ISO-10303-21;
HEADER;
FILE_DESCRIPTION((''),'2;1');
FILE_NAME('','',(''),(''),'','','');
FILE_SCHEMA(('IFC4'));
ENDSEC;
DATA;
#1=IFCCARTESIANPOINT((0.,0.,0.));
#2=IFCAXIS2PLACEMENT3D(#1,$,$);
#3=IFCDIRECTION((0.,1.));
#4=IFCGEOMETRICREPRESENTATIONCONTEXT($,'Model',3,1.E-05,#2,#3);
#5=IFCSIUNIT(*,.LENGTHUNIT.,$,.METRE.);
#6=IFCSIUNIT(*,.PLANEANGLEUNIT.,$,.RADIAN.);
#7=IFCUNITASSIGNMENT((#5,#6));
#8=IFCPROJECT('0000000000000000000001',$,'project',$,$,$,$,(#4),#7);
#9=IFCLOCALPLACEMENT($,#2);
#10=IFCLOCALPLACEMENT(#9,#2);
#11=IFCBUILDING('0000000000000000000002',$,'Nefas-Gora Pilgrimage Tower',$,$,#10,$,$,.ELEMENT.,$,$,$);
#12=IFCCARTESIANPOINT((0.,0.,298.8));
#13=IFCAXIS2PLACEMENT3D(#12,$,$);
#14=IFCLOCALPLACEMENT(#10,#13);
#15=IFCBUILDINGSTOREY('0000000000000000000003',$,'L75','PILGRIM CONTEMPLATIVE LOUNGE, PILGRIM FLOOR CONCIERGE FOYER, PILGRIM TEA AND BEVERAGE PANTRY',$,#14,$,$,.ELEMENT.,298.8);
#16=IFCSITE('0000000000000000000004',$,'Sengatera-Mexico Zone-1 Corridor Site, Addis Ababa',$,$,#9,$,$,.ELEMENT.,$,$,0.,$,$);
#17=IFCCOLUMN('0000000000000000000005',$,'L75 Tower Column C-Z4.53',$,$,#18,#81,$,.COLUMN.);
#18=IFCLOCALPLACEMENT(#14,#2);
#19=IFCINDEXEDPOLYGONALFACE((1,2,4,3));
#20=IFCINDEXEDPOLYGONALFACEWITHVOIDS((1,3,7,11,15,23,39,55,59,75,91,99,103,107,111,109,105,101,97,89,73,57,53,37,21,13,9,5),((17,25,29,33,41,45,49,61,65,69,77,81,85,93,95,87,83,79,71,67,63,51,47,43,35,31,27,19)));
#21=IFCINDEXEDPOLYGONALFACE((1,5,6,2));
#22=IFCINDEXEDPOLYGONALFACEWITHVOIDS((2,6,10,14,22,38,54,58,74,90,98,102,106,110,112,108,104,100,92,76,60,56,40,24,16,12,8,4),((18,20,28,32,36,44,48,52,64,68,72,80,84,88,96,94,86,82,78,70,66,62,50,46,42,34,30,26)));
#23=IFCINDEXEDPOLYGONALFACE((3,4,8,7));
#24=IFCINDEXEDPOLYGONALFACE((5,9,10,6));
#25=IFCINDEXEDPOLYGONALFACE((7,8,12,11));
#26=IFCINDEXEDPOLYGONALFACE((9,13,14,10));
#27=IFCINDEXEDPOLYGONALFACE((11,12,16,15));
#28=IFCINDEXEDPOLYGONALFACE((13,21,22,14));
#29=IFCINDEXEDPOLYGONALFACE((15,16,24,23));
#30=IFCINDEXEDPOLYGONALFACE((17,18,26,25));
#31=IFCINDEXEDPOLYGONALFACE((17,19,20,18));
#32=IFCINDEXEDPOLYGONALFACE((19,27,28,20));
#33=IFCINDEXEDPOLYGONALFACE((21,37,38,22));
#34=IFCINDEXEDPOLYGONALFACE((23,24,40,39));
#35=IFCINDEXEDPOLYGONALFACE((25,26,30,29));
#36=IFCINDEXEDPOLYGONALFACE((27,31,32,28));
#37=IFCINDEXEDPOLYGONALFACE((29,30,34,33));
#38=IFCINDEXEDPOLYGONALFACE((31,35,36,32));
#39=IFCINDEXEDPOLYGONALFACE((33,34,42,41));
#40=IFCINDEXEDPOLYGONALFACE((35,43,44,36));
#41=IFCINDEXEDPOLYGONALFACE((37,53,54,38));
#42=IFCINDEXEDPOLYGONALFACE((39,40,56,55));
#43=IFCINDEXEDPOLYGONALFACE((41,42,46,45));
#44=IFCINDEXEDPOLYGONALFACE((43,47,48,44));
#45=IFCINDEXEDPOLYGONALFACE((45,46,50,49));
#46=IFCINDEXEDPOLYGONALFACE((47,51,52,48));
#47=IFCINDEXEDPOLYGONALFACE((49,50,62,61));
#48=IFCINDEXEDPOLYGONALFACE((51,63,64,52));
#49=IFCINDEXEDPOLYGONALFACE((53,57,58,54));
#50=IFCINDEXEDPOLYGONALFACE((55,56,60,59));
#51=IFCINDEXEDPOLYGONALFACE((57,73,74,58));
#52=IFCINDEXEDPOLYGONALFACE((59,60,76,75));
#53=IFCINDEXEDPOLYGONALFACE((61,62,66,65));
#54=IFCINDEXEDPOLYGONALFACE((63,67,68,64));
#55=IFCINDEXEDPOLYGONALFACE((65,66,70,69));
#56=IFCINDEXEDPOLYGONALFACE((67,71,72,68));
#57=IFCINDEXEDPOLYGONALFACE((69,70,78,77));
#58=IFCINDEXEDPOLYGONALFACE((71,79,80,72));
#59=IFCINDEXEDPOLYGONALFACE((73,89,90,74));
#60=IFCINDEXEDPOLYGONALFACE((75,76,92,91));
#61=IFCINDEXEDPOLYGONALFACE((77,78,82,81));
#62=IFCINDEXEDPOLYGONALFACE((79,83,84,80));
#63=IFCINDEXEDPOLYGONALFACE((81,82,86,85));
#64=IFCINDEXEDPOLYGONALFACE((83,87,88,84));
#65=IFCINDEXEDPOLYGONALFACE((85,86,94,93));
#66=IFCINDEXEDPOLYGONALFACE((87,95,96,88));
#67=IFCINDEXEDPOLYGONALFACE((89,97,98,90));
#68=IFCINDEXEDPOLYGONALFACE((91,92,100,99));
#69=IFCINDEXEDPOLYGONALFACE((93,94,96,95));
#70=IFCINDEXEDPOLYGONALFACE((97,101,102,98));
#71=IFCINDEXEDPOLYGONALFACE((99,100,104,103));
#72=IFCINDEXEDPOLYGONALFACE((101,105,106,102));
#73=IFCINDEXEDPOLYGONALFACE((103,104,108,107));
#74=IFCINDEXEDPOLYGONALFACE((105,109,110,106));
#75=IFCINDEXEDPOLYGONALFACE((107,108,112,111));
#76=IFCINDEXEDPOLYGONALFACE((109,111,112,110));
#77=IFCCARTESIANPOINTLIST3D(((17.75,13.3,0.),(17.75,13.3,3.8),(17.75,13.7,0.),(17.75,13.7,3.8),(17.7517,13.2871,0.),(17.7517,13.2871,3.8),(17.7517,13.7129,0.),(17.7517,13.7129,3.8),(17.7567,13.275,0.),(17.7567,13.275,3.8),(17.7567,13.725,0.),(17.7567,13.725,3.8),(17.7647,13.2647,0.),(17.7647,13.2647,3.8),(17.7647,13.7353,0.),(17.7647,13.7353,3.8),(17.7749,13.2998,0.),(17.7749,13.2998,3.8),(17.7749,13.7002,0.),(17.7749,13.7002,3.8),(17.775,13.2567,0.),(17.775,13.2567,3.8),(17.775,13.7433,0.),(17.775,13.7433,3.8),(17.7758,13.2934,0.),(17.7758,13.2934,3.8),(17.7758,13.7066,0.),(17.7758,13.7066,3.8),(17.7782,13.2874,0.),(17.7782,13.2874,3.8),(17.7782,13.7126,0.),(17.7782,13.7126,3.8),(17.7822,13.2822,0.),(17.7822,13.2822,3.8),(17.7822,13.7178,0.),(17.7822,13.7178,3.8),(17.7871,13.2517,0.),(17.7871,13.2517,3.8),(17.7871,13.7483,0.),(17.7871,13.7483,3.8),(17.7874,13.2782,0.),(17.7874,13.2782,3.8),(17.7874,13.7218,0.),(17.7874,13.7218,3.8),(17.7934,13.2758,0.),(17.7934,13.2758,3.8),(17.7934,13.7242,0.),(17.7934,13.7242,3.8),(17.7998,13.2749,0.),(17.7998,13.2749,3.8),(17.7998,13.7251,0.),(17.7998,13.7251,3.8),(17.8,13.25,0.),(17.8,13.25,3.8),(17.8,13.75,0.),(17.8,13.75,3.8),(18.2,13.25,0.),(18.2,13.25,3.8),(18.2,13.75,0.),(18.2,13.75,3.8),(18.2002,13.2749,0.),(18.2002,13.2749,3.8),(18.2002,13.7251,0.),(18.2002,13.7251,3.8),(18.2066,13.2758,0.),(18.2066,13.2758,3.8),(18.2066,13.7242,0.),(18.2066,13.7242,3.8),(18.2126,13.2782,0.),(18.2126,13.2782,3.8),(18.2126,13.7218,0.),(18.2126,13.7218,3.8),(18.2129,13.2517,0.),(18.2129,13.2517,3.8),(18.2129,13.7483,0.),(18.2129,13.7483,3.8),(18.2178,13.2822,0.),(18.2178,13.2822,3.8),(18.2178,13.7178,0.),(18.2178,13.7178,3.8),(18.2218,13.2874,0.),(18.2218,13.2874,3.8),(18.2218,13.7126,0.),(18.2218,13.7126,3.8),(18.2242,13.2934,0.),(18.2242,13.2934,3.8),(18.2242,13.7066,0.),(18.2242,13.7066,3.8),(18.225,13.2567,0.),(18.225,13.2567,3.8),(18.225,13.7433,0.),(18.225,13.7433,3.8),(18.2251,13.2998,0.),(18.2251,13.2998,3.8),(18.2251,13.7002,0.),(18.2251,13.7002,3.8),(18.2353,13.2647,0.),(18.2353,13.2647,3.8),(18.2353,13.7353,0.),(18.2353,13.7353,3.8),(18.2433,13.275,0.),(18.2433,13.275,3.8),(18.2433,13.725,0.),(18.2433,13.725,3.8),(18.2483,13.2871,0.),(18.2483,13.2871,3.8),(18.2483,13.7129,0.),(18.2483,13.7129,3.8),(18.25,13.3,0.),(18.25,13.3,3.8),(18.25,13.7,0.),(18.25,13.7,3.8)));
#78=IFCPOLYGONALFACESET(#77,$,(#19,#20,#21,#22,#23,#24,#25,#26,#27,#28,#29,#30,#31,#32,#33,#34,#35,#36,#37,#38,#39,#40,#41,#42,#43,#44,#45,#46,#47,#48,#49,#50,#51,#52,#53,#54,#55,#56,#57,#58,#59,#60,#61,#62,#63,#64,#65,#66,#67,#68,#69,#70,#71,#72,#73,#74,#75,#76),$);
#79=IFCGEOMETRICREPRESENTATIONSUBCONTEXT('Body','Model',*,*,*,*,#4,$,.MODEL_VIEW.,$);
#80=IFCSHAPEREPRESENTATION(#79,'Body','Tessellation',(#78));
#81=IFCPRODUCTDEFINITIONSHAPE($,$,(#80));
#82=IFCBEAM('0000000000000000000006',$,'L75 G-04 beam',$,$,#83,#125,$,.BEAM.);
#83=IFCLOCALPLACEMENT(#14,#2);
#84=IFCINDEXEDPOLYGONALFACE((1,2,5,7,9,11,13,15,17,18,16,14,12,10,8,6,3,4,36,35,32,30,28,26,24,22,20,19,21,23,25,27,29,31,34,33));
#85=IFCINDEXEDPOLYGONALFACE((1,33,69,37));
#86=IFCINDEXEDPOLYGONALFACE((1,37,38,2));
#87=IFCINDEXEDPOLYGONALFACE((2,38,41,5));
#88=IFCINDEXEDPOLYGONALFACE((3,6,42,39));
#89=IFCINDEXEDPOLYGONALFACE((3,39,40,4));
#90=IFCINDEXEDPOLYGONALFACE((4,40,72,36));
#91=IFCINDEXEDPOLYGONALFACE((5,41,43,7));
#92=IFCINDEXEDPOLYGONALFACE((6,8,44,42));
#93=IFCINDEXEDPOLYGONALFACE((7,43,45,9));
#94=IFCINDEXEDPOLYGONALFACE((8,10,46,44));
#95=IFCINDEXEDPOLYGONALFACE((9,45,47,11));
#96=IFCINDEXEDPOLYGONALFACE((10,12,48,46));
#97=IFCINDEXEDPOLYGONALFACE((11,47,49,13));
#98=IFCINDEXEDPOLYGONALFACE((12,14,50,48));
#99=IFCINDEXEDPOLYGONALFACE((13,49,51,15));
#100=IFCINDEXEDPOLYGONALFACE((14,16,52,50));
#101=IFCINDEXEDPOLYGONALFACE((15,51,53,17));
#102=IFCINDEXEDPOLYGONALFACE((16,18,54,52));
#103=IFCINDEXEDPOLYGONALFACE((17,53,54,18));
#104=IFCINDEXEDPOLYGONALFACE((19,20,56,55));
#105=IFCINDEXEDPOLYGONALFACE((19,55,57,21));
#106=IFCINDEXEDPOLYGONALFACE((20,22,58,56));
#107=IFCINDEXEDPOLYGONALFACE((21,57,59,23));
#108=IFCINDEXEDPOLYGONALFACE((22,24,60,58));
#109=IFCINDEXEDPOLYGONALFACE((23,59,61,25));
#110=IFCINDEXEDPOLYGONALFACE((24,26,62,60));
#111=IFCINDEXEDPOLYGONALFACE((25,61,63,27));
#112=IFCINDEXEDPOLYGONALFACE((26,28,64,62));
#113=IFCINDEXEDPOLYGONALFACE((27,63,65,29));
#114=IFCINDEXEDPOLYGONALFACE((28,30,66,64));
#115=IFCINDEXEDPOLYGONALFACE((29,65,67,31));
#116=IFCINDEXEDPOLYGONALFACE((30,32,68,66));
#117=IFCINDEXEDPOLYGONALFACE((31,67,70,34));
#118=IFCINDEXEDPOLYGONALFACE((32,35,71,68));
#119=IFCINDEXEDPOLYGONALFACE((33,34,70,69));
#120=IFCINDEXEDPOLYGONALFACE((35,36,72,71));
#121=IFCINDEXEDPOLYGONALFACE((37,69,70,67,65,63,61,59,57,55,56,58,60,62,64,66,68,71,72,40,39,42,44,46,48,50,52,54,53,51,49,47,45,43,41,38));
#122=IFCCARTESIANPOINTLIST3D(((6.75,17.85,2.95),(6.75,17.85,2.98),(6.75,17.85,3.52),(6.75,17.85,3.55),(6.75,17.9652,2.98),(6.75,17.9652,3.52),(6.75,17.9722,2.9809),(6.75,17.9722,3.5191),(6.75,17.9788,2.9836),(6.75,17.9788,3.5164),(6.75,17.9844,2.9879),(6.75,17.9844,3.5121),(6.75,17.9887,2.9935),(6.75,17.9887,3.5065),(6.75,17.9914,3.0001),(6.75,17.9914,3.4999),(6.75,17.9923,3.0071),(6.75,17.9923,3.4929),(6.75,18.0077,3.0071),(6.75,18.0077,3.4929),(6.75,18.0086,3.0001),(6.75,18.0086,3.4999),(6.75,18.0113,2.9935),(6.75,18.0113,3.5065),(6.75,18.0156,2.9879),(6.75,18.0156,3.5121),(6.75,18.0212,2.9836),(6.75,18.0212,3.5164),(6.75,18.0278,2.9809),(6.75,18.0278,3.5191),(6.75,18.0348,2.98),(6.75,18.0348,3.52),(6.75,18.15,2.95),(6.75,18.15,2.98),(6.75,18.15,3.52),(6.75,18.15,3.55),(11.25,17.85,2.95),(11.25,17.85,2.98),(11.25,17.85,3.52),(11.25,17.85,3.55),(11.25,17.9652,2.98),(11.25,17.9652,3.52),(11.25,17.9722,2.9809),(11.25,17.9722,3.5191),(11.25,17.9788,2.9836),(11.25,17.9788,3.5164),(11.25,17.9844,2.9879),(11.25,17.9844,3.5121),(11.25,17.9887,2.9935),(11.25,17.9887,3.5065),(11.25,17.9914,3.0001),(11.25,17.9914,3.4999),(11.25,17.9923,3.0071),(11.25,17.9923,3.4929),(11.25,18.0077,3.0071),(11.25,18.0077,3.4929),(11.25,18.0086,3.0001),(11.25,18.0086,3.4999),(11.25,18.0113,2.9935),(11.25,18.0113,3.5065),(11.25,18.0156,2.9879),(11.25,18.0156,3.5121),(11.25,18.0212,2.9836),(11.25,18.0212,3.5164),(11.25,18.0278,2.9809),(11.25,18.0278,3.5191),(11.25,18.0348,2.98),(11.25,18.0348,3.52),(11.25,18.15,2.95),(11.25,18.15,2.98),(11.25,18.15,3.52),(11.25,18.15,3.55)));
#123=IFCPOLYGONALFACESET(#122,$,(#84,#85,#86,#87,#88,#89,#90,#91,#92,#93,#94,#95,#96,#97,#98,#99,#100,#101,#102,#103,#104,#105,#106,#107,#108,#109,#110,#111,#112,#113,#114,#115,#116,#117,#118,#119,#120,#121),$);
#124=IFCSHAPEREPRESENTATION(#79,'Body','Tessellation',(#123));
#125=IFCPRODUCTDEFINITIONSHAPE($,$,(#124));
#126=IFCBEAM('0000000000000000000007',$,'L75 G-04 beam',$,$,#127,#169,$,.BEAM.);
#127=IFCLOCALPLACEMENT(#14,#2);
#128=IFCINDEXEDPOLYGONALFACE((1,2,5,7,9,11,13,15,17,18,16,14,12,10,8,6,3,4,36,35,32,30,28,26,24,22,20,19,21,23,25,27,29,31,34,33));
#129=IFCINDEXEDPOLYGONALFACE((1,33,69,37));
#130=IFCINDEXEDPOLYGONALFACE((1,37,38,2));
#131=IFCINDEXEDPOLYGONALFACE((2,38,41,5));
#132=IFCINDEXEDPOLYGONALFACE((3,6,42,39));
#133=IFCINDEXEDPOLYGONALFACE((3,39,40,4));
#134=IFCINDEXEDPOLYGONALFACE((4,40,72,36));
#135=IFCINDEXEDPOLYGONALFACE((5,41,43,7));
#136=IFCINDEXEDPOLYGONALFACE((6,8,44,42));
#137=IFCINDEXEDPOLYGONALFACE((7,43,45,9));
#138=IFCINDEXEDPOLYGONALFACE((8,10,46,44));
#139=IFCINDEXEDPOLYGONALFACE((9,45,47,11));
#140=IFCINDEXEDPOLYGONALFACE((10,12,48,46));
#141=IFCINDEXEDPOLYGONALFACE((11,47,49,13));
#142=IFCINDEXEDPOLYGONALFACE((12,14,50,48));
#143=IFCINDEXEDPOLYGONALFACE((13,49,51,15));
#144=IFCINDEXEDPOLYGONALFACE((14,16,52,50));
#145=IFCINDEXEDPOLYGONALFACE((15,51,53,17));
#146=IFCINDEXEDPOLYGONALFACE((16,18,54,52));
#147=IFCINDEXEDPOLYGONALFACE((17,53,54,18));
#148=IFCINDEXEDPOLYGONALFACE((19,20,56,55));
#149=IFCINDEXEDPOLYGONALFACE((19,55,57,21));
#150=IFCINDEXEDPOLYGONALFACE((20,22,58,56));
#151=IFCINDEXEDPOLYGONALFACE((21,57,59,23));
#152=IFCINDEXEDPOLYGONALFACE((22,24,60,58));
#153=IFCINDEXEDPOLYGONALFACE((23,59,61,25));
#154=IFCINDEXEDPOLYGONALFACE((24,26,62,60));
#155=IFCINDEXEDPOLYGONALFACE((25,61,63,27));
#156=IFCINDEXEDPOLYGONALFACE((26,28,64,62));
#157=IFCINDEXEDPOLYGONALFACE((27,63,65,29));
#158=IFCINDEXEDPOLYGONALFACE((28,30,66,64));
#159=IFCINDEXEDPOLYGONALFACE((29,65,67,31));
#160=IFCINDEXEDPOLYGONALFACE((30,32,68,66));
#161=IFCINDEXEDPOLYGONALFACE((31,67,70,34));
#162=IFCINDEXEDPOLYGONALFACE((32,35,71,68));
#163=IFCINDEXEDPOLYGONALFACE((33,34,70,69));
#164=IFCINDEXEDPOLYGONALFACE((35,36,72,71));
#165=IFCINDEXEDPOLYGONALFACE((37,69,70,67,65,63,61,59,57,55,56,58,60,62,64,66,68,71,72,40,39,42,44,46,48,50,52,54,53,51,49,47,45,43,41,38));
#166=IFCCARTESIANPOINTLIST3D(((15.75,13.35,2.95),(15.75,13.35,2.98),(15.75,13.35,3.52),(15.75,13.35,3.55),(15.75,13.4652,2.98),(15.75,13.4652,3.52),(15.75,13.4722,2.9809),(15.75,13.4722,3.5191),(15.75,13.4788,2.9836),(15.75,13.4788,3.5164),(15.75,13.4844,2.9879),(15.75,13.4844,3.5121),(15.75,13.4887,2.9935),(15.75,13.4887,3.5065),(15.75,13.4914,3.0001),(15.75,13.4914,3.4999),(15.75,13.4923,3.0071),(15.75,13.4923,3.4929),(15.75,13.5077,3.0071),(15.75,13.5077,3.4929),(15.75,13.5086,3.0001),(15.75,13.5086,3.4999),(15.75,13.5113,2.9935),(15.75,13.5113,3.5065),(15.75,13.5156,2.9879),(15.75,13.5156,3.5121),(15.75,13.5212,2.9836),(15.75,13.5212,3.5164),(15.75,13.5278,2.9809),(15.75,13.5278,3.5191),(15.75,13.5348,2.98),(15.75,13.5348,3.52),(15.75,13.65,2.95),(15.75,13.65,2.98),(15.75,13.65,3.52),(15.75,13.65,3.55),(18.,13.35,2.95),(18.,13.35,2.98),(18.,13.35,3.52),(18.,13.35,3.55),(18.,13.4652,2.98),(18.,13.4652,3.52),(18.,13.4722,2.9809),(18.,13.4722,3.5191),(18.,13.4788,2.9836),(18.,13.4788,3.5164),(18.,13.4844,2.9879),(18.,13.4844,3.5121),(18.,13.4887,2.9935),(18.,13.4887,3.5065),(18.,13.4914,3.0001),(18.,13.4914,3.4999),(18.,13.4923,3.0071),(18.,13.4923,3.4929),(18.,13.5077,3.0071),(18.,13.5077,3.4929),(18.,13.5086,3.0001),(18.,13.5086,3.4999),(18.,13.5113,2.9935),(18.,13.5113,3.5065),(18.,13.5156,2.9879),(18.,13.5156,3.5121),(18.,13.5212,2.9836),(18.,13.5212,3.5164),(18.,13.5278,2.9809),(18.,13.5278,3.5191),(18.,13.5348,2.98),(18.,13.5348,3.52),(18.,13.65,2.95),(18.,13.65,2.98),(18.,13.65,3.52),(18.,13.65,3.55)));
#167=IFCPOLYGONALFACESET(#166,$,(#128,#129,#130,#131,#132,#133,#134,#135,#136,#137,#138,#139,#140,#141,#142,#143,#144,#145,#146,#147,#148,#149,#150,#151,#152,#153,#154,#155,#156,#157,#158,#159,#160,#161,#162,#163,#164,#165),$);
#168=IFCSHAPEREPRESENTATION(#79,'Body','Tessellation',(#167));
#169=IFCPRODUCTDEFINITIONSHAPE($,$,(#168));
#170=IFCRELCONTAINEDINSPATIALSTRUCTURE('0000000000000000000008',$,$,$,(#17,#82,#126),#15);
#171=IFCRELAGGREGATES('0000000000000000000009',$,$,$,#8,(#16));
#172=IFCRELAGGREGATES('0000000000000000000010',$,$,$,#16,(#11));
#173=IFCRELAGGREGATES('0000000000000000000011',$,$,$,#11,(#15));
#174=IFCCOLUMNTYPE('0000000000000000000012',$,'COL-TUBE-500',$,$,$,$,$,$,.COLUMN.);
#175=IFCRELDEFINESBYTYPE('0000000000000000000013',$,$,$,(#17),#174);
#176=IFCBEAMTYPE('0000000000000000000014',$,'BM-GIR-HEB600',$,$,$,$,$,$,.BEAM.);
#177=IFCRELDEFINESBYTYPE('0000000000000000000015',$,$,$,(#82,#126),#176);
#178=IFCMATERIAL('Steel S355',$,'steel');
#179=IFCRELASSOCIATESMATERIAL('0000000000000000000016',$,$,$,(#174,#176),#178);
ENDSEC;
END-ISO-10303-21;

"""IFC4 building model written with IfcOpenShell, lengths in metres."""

from ifc_helpers import new_model, si_unit, direction, frame, origin, origin_2d, place, context, subcontext, project, spatial, hollow_rectangle, i_section, extrude, source, transform, mapped, material, material_profile, profile_set, type_object, element, save


model = new_model("IFC4")

# Units and contexts
model_context = context("Model", 3, precision=1e-05, world=origin(), true_north=direction((0.0, 1.0)))
body_context = subcontext(model_context, "Body", "Model", "MODEL_VIEW")
ifc_project = project(units=[si_unit("LENGTHUNIT", "METRE"), si_unit("PLANEANGLEUNIT", "RADIAN")], contexts=[model_context])

# Site, building, storey
site_placement = place(None, origin())
site = spatial("IfcSite", under=ifc_project, at=site_placement, Name="Sengatera-Mexico Zone-1 Corridor Site, Addis Ababa", CompositionType="ELEMENT", RefElevation=0.0)
building_placement = place(site_placement, origin())
building = spatial("IfcBuilding", under=site, at=building_placement, Name="Nefas-Gora Pilgrimage Tower", CompositionType="ELEMENT")
storey_placement = place(building_placement, frame((0.0, 0.0, 298.8)))
storey = spatial("IfcBuildingStorey", under=building, at=storey_placement, Name="L75", Description="PILGRIM CONTEMPLATIVE LOUNGE, PILGRIM FLOOR CONCIERGE FOYER, PILGRIM TEA AND BEVERAGE PANTRY", CompositionType="ELEMENT", Elevation=298.8)

# Column
ifc_material_1 = material(Name="Steel S355", Category="steel")
ifc_material_profile_1 = material_profile(ifc_material_1, hollow_rectangle(XDim=0.5, YDim=0.5, WallThickness=0.0249, InnerFilletRadius=0.0249, OuterFilletRadius=0.05, at=origin_2d()), Name="SHS 500x500x25")
ifc_profile_set_1 = profile_set([ifc_material_profile_1], Name="Steel S355")
column_type_1 = type_object("IfcColumnType", Name="COL-TUBE-500", PredefinedType="COLUMN", material=ifc_profile_set_1)
shared_shape_1 = source(origin(), body_context, "Body", "SweptSolid", [
    extrude(hollow_rectangle(XDim=0.5, YDim=0.5, WallThickness=0.0249, InnerFilletRadius=0.0249, OuterFilletRadius=0.05, at=origin_2d()), origin(), (0.0, 0.0, 1.0), 3.8),
])
column_placement = place(storey_placement, frame((18.0, 13.5, 0.0), z_axis=(0.0, 0.0, 1.0), x_axis=(1.0, 0.0, 0.0)))
element("IfcColumn", 1, at=column_placement, inside=storey, type_object=column_type_1, Name="L75 Tower Column C-Z4.53", PredefinedType="COLUMN", context=body_context, shape_type="MappedRepresentation", body=[
    mapped(shared_shape_1, transform((0.0, 0.0, 0.0), x_axis=(1.0, 0.0, 0.0), y_axis=(0.0, 1.0, 0.0), z_axis=(0.0, 0.0, 1.0), scale=1.0)),
])

# Beams
ifc_material_profile_2 = material_profile(ifc_material_1, i_section(OverallWidth=0.3, OverallDepth=0.6001, WebThickness=0.0154, FlangeThickness=0.03, FilletRadius=0.0271, at=origin_2d()), Name="HEB 600")
ifc_profile_set_2 = profile_set([ifc_material_profile_2], Name="Steel S355")
beam_type = type_object("IfcBeamType", Name="BM-GIR-HEB600", PredefinedType="BEAM", material=ifc_profile_set_2)
shared_shape_2 = source(origin(), body_context, "Body", "SweptSolid", [
    extrude(i_section(OverallWidth=0.3, OverallDepth=0.6001, WebThickness=0.0154, FlangeThickness=0.03, FilletRadius=0.0271, at=origin_2d()), origin(), (0.0, 0.0, 1.0), 4.5),
])
beam_1_placement = place(storey_placement, frame((6.75, 18.0, 3.25), z_axis=(1.0, 0.0, 0.0), x_axis=(0.0, 1.0, 0.0)))
element("IfcBeam", 2, at=beam_1_placement, inside=storey, type_object=beam_type, Name="L75 G-04 beam", PredefinedType="BEAM", context=body_context, shape_type="MappedRepresentation", body=[
    mapped(shared_shape_2, transform((0.0, 0.0, 0.0), x_axis=(1.0, 0.0, 0.0), y_axis=(0.0, 1.0, 0.0), z_axis=(0.0, 0.0, 1.0), scale=1.0)),
])
shared_shape_3 = source(origin(), body_context, "Body", "SweptSolid", [
    extrude(i_section(OverallWidth=0.3, OverallDepth=0.6001, WebThickness=0.0154, FlangeThickness=0.03, FilletRadius=0.0271, at=origin_2d()), origin(), (0.0, 0.0, 1.0), 2.25),
])
beam_2_placement = place(storey_placement, frame((15.75, 13.5, 3.25), z_axis=(1.0, 0.0, 0.0), x_axis=(0.0, 1.0, 0.0)))
element("IfcBeam", 3, at=beam_2_placement, inside=storey, type_object=beam_type, Name="L75 G-04 beam", PredefinedType="BEAM", context=body_context, shape_type="MappedRepresentation", body=[
    mapped(shared_shape_3, transform((0.0, 0.0, 0.0), x_axis=(1.0, 0.0, 0.0), y_axis=(0.0, 1.0, 0.0), z_axis=(0.0, 0.0, 1.0), scale=1.0)),
])

save(model, "model.ifc")
